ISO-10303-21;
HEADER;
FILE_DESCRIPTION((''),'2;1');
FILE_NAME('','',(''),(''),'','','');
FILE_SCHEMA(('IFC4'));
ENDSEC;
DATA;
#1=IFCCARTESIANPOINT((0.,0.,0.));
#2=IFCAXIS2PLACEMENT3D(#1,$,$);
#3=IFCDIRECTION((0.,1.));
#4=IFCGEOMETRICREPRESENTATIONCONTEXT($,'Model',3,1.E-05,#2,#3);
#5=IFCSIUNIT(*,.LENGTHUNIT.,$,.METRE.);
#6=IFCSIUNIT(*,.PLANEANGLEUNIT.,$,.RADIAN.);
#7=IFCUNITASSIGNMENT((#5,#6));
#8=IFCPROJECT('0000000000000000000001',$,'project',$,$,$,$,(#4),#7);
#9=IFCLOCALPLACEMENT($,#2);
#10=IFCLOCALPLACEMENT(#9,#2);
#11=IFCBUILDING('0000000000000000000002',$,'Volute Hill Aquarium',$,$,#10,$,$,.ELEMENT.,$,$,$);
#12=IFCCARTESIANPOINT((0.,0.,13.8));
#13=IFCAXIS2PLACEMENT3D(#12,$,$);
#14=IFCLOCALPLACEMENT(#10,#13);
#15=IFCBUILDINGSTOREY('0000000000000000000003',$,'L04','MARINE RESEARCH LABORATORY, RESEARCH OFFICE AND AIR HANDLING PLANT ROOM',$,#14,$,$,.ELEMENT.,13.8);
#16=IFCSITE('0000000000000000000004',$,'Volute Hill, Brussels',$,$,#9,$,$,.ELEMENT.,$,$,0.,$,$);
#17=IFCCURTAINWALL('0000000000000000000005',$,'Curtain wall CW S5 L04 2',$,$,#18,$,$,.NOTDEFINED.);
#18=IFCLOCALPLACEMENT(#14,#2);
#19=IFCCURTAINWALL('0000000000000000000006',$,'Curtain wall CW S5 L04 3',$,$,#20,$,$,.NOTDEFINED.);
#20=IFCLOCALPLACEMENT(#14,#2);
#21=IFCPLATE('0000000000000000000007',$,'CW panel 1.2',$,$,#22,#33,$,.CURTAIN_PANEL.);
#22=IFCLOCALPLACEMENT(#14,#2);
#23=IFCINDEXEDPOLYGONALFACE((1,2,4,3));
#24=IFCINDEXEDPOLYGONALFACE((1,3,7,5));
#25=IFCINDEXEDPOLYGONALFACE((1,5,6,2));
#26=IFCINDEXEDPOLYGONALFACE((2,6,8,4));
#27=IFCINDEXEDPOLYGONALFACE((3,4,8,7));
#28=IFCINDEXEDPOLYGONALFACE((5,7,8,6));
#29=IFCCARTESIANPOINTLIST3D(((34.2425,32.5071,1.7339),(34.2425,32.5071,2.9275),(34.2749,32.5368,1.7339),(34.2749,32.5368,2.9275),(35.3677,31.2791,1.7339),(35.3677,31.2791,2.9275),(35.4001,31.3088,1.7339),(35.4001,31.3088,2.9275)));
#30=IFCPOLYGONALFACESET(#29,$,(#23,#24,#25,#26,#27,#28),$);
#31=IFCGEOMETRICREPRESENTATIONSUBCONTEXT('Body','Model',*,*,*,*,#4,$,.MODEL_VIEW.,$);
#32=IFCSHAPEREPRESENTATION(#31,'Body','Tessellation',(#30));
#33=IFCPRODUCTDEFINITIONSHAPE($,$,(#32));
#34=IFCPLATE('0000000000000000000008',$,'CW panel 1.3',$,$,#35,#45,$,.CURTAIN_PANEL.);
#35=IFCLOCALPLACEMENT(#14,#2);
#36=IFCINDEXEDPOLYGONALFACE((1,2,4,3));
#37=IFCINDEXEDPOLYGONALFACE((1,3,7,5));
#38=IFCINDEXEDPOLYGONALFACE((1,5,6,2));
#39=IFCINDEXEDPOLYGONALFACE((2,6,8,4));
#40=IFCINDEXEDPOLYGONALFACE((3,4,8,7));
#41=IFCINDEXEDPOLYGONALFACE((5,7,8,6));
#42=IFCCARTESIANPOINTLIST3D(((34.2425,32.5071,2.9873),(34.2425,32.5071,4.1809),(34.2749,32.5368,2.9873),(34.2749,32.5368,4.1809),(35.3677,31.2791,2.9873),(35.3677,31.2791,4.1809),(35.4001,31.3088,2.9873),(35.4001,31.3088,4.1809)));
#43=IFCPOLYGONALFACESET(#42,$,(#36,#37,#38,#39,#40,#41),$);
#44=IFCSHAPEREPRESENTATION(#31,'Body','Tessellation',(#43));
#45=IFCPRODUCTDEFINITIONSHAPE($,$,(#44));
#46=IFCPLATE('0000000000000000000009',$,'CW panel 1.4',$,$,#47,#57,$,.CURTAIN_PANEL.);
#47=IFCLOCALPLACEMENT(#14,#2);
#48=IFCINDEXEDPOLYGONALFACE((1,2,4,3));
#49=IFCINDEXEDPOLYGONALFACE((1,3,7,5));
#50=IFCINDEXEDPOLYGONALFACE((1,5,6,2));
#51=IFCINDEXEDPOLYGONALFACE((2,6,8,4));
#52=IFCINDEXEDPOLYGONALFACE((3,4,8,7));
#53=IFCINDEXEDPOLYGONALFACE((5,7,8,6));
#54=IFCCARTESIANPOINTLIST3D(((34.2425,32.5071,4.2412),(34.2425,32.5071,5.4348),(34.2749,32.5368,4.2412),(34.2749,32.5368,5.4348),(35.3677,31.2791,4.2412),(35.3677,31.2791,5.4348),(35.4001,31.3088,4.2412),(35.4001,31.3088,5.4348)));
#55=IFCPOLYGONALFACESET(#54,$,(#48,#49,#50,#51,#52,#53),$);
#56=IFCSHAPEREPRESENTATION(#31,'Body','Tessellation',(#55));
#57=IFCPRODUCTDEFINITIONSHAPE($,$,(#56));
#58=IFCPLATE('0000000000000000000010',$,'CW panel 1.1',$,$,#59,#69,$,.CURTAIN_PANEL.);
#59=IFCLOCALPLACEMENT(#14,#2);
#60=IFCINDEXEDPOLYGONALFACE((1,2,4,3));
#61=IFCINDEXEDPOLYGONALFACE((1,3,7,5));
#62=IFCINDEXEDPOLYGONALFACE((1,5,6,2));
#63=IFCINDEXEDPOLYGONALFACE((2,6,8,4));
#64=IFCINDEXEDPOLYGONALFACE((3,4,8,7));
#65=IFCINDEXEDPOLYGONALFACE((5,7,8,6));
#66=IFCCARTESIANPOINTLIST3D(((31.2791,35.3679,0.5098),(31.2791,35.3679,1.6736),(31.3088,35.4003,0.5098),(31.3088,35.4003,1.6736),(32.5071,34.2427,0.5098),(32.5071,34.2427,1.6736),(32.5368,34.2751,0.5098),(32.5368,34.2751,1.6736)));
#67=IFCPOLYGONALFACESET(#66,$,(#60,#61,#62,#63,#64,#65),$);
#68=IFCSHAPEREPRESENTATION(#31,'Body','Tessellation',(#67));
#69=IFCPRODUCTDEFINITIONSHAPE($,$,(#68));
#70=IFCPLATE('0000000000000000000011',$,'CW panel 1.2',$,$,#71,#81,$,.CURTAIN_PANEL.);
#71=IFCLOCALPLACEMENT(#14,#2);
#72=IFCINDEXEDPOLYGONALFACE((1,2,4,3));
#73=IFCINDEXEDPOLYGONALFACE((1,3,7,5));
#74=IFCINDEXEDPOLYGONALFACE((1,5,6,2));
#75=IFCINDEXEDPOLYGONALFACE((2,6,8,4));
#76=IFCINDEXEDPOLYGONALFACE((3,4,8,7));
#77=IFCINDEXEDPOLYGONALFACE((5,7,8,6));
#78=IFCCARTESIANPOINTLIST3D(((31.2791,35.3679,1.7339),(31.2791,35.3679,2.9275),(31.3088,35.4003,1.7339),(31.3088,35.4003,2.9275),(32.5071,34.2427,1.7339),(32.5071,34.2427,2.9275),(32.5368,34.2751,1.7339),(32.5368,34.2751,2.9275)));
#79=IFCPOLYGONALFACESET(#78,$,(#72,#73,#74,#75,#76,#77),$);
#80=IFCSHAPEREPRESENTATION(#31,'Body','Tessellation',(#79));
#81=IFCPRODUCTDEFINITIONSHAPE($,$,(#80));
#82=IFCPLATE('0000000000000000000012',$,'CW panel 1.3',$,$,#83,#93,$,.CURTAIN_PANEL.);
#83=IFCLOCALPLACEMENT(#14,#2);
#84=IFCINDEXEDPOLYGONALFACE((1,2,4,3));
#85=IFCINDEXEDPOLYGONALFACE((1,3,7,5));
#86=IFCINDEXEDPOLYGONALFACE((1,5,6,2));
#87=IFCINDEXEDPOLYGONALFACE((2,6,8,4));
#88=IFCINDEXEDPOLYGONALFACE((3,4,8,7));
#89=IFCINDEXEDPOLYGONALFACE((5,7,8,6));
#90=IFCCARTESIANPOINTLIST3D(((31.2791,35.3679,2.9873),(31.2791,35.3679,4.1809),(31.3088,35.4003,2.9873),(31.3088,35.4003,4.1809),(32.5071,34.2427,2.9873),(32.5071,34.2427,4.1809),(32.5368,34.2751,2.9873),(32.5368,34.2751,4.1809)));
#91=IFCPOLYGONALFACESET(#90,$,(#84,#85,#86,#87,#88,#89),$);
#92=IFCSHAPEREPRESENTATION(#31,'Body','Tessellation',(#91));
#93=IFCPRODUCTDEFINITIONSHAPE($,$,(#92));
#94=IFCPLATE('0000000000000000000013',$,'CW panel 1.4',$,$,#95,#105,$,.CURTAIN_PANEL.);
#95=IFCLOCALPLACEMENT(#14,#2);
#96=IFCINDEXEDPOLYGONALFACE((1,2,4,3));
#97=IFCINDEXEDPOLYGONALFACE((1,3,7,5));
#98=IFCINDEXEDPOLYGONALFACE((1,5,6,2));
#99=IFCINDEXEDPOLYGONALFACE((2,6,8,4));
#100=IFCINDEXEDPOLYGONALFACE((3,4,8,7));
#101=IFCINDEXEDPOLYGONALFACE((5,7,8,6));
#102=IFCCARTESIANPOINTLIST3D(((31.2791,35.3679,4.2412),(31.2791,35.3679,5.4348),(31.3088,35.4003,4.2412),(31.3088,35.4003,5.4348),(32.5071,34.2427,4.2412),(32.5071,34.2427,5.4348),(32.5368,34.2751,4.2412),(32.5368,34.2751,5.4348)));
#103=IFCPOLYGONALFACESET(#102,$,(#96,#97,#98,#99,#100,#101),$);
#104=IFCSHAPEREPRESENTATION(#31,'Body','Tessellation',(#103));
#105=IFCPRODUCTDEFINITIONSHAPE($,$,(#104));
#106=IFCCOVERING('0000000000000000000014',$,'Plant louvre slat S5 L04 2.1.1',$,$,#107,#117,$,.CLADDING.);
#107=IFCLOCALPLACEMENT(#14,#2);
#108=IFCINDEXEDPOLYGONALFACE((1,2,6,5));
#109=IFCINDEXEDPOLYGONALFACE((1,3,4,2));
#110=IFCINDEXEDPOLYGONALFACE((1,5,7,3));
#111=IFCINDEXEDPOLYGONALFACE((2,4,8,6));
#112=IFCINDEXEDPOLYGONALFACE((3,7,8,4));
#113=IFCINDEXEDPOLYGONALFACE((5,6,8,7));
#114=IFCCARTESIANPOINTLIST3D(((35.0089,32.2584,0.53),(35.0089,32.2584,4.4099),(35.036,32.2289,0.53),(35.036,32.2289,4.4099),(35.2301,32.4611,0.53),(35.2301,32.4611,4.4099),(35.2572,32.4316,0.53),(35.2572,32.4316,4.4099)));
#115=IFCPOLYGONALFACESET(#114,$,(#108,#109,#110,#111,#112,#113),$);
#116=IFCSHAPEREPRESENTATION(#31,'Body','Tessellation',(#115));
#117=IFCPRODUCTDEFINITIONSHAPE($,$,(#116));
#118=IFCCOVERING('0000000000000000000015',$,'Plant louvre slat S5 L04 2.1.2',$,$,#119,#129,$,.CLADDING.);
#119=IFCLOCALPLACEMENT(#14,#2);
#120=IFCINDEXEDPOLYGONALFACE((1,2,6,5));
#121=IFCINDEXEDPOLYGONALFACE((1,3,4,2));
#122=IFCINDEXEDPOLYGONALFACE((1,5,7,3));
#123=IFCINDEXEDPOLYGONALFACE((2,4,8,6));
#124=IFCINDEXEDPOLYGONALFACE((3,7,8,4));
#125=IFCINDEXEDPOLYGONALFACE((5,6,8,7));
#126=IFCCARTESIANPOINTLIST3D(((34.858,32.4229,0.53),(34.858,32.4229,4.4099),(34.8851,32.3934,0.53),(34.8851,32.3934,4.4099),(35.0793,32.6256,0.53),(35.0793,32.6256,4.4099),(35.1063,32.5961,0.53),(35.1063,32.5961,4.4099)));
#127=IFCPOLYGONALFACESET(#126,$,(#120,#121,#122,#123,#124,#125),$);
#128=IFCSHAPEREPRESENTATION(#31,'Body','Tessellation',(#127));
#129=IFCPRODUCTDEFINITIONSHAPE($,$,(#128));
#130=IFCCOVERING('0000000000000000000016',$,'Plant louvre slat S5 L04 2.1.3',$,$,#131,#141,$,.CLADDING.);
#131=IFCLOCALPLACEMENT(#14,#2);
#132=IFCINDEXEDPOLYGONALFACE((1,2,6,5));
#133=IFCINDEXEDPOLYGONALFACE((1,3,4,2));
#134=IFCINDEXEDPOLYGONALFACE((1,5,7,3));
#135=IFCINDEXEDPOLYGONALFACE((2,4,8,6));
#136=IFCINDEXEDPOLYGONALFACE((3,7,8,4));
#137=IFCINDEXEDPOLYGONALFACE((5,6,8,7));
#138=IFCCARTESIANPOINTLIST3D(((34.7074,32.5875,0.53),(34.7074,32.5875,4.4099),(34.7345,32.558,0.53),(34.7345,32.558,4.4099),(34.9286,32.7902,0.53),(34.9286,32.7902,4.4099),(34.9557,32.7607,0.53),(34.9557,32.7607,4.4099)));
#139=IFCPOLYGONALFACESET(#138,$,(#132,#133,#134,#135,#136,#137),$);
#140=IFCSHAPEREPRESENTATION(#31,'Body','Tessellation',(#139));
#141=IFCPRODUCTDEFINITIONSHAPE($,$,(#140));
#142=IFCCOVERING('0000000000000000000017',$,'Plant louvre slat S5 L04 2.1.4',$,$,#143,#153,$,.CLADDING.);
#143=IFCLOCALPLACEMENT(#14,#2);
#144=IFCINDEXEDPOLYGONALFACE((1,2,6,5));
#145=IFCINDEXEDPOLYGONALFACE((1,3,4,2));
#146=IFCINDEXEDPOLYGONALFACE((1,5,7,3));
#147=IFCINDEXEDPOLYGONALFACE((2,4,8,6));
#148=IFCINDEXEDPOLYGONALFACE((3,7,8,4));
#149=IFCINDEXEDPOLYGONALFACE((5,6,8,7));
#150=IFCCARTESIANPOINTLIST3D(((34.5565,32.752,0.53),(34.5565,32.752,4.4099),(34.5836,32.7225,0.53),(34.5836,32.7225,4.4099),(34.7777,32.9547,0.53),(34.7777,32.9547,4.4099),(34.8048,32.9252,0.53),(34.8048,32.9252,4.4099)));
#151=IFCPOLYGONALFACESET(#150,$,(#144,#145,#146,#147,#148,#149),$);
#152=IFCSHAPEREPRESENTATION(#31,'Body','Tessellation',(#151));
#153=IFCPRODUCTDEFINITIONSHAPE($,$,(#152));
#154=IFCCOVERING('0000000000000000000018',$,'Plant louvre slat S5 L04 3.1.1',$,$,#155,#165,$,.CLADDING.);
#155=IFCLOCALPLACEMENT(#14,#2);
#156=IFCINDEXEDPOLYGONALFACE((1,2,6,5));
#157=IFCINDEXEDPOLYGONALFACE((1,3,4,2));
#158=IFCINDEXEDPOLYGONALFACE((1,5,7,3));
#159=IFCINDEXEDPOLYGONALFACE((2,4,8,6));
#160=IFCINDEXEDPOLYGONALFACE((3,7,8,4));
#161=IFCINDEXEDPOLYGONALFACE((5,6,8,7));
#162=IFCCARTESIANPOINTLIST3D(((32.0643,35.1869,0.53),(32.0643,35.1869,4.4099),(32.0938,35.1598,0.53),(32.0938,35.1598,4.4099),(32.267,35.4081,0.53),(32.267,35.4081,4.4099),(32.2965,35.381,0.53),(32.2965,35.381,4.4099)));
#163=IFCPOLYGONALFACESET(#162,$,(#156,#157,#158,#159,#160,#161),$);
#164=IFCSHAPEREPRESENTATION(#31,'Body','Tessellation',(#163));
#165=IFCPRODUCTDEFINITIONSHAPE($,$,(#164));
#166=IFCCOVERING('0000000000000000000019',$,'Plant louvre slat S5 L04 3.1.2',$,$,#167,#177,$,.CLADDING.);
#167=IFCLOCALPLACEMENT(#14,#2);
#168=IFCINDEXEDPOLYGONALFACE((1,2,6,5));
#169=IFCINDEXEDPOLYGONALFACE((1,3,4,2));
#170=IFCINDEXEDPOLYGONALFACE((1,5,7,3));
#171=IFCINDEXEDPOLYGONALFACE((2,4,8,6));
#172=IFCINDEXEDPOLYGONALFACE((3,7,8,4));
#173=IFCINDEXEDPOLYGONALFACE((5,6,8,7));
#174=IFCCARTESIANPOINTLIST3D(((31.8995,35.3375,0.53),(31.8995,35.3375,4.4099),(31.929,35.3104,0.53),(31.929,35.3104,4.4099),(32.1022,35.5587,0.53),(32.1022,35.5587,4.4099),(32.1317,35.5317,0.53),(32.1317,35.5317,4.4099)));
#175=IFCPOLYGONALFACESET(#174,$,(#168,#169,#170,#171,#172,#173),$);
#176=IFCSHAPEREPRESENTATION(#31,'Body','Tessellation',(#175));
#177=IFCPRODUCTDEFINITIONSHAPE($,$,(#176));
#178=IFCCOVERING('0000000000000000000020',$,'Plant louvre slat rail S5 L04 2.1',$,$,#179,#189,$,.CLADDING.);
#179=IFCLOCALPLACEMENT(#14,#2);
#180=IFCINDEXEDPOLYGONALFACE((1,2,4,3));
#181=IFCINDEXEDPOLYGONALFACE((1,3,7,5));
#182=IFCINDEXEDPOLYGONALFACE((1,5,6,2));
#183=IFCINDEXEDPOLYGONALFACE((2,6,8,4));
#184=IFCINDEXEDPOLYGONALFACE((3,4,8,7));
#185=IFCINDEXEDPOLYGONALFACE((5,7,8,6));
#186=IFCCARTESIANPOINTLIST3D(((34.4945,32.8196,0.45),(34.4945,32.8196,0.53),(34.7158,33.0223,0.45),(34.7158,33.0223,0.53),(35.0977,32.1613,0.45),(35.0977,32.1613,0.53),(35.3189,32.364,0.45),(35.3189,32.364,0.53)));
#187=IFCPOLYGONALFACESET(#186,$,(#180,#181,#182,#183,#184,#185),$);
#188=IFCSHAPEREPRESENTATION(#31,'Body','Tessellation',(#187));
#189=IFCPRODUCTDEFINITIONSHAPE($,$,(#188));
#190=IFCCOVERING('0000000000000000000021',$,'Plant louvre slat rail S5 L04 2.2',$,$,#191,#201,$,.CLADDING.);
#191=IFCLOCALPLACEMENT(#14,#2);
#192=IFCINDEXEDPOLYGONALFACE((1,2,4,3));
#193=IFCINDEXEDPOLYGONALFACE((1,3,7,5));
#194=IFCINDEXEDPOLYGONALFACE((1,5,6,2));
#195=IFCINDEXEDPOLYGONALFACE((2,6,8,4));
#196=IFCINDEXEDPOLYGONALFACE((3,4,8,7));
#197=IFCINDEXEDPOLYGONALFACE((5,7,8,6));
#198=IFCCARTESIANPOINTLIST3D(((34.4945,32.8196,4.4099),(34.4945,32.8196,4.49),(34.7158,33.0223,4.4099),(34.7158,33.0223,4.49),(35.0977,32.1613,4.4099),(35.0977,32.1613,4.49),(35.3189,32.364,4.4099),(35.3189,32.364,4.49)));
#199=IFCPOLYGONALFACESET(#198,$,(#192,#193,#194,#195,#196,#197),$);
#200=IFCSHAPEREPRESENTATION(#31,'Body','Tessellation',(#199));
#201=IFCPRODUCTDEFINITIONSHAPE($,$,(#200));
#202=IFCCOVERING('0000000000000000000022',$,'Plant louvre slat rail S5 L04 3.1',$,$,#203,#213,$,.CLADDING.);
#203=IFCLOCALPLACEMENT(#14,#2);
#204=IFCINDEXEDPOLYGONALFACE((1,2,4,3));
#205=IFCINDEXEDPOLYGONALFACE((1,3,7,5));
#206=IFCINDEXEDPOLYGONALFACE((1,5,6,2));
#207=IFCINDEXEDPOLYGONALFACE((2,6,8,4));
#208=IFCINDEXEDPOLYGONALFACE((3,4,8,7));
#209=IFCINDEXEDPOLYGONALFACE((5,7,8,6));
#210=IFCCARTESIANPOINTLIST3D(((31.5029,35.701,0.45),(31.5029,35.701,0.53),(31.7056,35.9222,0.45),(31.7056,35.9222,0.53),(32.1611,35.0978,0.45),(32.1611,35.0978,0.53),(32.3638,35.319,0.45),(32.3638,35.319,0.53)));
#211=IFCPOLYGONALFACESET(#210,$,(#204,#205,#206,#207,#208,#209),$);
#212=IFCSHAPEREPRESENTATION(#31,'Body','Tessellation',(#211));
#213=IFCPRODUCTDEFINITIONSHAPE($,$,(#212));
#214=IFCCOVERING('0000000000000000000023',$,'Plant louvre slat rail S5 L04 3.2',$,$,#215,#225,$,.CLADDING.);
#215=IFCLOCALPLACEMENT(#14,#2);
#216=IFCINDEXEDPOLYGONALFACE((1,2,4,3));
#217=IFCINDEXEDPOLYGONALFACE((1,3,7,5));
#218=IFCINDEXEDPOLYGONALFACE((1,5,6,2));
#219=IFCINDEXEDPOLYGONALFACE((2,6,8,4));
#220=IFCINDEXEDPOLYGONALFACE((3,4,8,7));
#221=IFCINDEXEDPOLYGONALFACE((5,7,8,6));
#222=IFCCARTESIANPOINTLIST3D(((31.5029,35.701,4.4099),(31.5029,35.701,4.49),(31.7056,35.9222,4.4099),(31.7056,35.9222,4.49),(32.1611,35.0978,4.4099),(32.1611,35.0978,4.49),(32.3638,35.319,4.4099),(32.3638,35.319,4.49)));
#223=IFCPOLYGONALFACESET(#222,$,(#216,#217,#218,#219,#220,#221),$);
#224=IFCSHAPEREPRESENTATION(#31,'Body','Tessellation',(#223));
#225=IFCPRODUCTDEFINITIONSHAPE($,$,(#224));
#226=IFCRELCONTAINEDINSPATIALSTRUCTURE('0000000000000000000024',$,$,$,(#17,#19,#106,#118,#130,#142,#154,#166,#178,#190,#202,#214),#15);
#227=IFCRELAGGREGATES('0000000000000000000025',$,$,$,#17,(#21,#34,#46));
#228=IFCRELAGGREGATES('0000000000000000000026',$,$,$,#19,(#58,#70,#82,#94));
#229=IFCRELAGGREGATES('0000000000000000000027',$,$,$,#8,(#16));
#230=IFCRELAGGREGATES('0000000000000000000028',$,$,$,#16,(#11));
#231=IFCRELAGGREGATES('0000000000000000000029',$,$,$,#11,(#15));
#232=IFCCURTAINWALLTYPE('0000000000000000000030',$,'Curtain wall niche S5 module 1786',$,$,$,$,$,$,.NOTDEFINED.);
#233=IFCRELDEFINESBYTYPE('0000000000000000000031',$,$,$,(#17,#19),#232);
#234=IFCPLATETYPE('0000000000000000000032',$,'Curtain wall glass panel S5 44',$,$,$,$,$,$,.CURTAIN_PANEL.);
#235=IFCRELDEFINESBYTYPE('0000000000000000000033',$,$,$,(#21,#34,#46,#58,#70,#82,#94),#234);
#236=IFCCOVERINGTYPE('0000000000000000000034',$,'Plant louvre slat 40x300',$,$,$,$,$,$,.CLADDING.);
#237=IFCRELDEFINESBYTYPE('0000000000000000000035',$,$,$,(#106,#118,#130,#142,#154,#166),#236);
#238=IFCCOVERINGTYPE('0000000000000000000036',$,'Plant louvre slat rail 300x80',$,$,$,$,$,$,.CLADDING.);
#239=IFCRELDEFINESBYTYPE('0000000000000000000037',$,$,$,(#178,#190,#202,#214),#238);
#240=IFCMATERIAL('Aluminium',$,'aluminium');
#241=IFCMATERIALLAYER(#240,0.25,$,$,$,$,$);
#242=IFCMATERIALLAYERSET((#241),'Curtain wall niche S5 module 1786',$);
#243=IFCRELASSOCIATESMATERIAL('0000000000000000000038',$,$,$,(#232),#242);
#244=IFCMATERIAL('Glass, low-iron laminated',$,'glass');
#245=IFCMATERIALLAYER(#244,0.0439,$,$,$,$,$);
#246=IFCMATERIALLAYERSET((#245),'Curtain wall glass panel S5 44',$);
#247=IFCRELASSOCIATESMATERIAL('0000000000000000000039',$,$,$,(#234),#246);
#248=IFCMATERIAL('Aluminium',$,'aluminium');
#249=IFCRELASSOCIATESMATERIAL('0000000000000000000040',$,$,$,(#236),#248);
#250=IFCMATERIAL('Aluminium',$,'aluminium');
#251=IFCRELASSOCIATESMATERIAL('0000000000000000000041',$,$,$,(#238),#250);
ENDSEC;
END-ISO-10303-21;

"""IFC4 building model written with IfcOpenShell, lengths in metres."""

from ifc_helpers import new_model, si_unit, direction, frame, origin, origin_2d, place, context, subcontext, project, spatial, rectangle, extrude, material, layer, layer_set, type_object, element, aggregate, save


model = new_model("IFC4")

# Units and contexts
model_context = context("Model", 3, precision=1e-05, world=origin(), true_north=direction((0.0, 1.0)))
body_context = subcontext(model_context, "Body", "Model", "MODEL_VIEW")
ifc_project = project(units=[si_unit("LENGTHUNIT", "METRE"), si_unit("PLANEANGLEUNIT", "RADIAN")], contexts=[model_context])

# Site, building, storey
site_placement = place(None, origin())
site = spatial("IfcSite", under=ifc_project, at=site_placement, Name="Volute Hill, Brussels", CompositionType="ELEMENT", RefElevation=0.0)
building_placement = place(site_placement, origin())
building = spatial("IfcBuilding", under=site, at=building_placement, Name="Volute Hill Aquarium", CompositionType="ELEMENT")
storey_placement = place(building_placement, frame((0.0, 0.0, 13.8)))
storey = spatial("IfcBuildingStorey", under=building, at=storey_placement, Name="L04", Description="MARINE RESEARCH LABORATORY, RESEARCH OFFICE AND AIR HANDLING PLANT ROOM", CompositionType="ELEMENT", Elevation=13.8)

# Curtain wall
ifc_material_1 = material(Name="Aluminium", Category="aluminium")
ifc_layer_1 = layer(ifc_material_1, 0.25)
ifc_layer_set_1 = layer_set([ifc_layer_1], Name="Curtain wall niche S5 module 1786")
curtain_wall_type = type_object("IfcCurtainWallType", Name="Curtain wall niche S5 module 1786", PredefinedType="NOTDEFINED", material=ifc_layer_set_1)
curtain_wall_1_placement = place(storey_placement, origin())
curtain_wall_1 = element("IfcCurtainWall", 1, at=curtain_wall_1_placement, inside=storey, type_object=curtain_wall_type, Name="Curtain wall CW S5 L04 2", PredefinedType="NOTDEFINED")

# Curtain wall
curtain_wall_2_placement = place(storey_placement, origin())
curtain_wall_2 = element("IfcCurtainWall", 2, at=curtain_wall_2_placement, inside=storey, type_object=curtain_wall_type, Name="Curtain wall CW S5 L04 3", PredefinedType="NOTDEFINED")

# Plates
ifc_material_2 = material(Name="Glass, low-iron laminated", Category="glass")
ifc_layer_2 = layer(ifc_material_2, 0.0439)
ifc_layer_set_2 = layer_set([ifc_layer_2], Name="Curtain wall glass panel S5 44")
plate_type = type_object("IfcPlateType", Name="Curtain wall glass panel S5 44", PredefinedType="CURTAIN_PANEL", material=ifc_layer_set_2)
plate_1_placement = place(storey_placement, frame((34.8213, 31.908, 1.7339), z_axis=(0.0, 0.0, 1.0), x_axis=(-0.675585, 0.737282, 0.0)))
plate_1 = element("IfcPlate", 3, at=plate_1_placement, type_object=plate_type, Name="CW panel 1.2", PredefinedType="CURTAIN_PANEL", context=body_context, shape_type="SweptSolid", body=[
    extrude(rectangle(XDim=1.6655, YDim=0.0439, at=origin_2d()), origin(), (0.0, 0.0, 1.0), 1.1936),
])
plate_2_placement = place(storey_placement, frame((34.8213, 31.908, 2.9873), z_axis=(0.0, 0.0, 1.0), x_axis=(-0.675585, 0.737282, 0.0)))
plate_2 = element("IfcPlate", 4, at=plate_2_placement, type_object=plate_type, Name="CW panel 1.3", PredefinedType="CURTAIN_PANEL", context=body_context, shape_type="SweptSolid", body=[
    extrude(rectangle(XDim=1.6655, YDim=0.0439, at=origin_2d()), origin(), (0.0, 0.0, 1.0), 1.1936),
])
plate_3_placement = place(storey_placement, frame((34.8213, 31.908, 4.2412), z_axis=(0.0, 0.0, 1.0), x_axis=(-0.675585, 0.737282, 0.0)))
plate_3 = element("IfcPlate", 5, at=plate_3_placement, type_object=plate_type, Name="CW panel 1.4", PredefinedType="CURTAIN_PANEL", context=body_context, shape_type="SweptSolid", body=[
    extrude(rectangle(XDim=1.6655, YDim=0.0439, at=origin_2d()), origin(), (0.0, 0.0, 1.0), 1.1936),
])
aggregate(curtain_wall_1, [plate_1, plate_2, plate_3])
plate_4_placement = place(storey_placement, frame((31.908, 34.8215, 0.5098), z_axis=(0.0, 0.0, 1.0), x_axis=(-0.737282, 0.675585, 0.0)))
plate_4 = element("IfcPlate", 6, at=plate_4_placement, type_object=plate_type, Name="CW panel 1.1", PredefinedType="CURTAIN_PANEL", context=body_context, shape_type="SweptSolid", body=[
    extrude(rectangle(XDim=1.6655, YDim=0.0439, at=origin_2d()), origin(), (0.0, 0.0, 1.0), 1.1638),
])
plate_5_placement = place(storey_placement, frame((31.908, 34.8215, 1.7339), z_axis=(0.0, 0.0, 1.0), x_axis=(-0.737282, 0.675585, 0.0)))
plate_5 = element("IfcPlate", 7, at=plate_5_placement, type_object=plate_type, Name="CW panel 1.2", PredefinedType="CURTAIN_PANEL", context=body_context, shape_type="SweptSolid", body=[
    extrude(rectangle(XDim=1.6655, YDim=0.0439, at=origin_2d()), origin(), (0.0, 0.0, 1.0), 1.1936),
])
plate_6_placement = place(storey_placement, frame((31.908, 34.8215, 2.9873), z_axis=(0.0, 0.0, 1.0), x_axis=(-0.737282, 0.675585, 0.0)))
plate_6 = element("IfcPlate", 8, at=plate_6_placement, type_object=plate_type, Name="CW panel 1.3", PredefinedType="CURTAIN_PANEL", context=body_context, shape_type="SweptSolid", body=[
    extrude(rectangle(XDim=1.6655, YDim=0.0439, at=origin_2d()), origin(), (0.0, 0.0, 1.0), 1.1936),
])
plate_7_placement = place(storey_placement, frame((31.908, 34.8215, 4.2412), z_axis=(0.0, 0.0, 1.0), x_axis=(-0.737282, 0.675585, 0.0)))
plate_7 = element("IfcPlate", 9, at=plate_7_placement, type_object=plate_type, Name="CW panel 1.4", PredefinedType="CURTAIN_PANEL", context=body_context, shape_type="SweptSolid", body=[
    extrude(rectangle(XDim=1.6655, YDim=0.0439, at=origin_2d()), origin(), (0.0, 0.0, 1.0), 1.1936),
])
aggregate(curtain_wall_2, [plate_4, plate_5, plate_6, plate_7])

# Coverings
ifc_material_3 = material(Name="Aluminium", Category="aluminium")
covering_type_1 = type_object("IfcCoveringType", Name="Plant louvre slat 40x300", PredefinedType="CLADDING", material=ifc_material_3)
for number, where, z_axis, x_axis, name in (
    (10, (35.1331, 32.345, 0.53), (0.0, 0.0, 1.0), (-0.675585, 0.737282, 0.0), "Plant louvre slat S5 L04 2.1.1"),
    (11, (34.9822, 32.5095, 0.53), (0.0, 0.0, 1.0), (-0.675585, 0.737282, 0.0), "Plant louvre slat S5 L04 2.1.2"),
    (12, (34.8315, 32.6741, 0.53), (0.0, 0.0, 1.0), (-0.675585, 0.737282, 0.0), "Plant louvre slat S5 L04 2.1.3"),
    (13, (34.6807, 32.8386, 0.53), (0.0, 0.0, 1.0), (-0.675585, 0.737282, 0.0), "Plant louvre slat S5 L04 2.1.4"),
    (14, (32.1804, 35.2839, 0.53), (0.0, 0.0, 1.0), (-0.737282, 0.675585, 0.0), "Plant louvre slat S5 L04 3.1.1"),
    (15, (32.0156, 35.4346, 0.53), (0.0, 0.0, 1.0), (-0.737282, 0.675585, 0.0), "Plant louvre slat S5 L04 3.1.2"),
):
    element("IfcCovering", number, at=place(storey_placement, frame(where, z_axis=z_axis, x_axis=x_axis)), inside=storey, type_object=covering_type_1, Name=name, PredefinedType="CLADDING", context=body_context, shape_type="SweptSolid", body=[
        extrude(rectangle(XDim=0.04, YDim=0.3, at=origin_2d()), origin(), (0.0, 0.0, 1.0), 3.8799),
    ])
ifc_material_4 = material(Name="Aluminium", Category="aluminium")
covering_type_2 = type_object("IfcCoveringType", Name="Plant louvre slat rail 300x80", PredefinedType="CLADDING", material=ifc_material_4)
for number, where, z_axis, x_axis, name in (
    (16, (34.9067, 32.5918, 0.45), (0.0, 0.0, 1.0), (-0.675585, 0.737282, 0.0), "Plant louvre slat rail S5 L04 2.1"),
    (17, (34.9067, 32.5918, 4.4099), (0.0, 0.0, 1.0), (-0.675585, 0.737282, 0.0), "Plant louvre slat rail S5 L04 2.2"),
    (18, (31.9333, 35.51, 0.45), (0.0, 0.0, 1.0), (-0.737282, 0.675585, 0.0), "Plant louvre slat rail S5 L04 3.1"),
    (19, (31.9333, 35.51, 4.4099), (0.0, 0.0, 1.0), (-0.737282, 0.675585, 0.0), "Plant louvre slat rail S5 L04 3.2"),
):
    element("IfcCovering", number, at=place(storey_placement, frame(where, z_axis=z_axis, x_axis=x_axis)), inside=storey, type_object=covering_type_2, Name=name, PredefinedType="CLADDING", context=body_context, shape_type="SweptSolid", body=[
        extrude(rectangle(XDim=0.8928, YDim=0.3, at=origin_2d()), origin(), (0.0, 0.0, 1.0), 0.0801),
    ])

save(model, "model.ifc")
